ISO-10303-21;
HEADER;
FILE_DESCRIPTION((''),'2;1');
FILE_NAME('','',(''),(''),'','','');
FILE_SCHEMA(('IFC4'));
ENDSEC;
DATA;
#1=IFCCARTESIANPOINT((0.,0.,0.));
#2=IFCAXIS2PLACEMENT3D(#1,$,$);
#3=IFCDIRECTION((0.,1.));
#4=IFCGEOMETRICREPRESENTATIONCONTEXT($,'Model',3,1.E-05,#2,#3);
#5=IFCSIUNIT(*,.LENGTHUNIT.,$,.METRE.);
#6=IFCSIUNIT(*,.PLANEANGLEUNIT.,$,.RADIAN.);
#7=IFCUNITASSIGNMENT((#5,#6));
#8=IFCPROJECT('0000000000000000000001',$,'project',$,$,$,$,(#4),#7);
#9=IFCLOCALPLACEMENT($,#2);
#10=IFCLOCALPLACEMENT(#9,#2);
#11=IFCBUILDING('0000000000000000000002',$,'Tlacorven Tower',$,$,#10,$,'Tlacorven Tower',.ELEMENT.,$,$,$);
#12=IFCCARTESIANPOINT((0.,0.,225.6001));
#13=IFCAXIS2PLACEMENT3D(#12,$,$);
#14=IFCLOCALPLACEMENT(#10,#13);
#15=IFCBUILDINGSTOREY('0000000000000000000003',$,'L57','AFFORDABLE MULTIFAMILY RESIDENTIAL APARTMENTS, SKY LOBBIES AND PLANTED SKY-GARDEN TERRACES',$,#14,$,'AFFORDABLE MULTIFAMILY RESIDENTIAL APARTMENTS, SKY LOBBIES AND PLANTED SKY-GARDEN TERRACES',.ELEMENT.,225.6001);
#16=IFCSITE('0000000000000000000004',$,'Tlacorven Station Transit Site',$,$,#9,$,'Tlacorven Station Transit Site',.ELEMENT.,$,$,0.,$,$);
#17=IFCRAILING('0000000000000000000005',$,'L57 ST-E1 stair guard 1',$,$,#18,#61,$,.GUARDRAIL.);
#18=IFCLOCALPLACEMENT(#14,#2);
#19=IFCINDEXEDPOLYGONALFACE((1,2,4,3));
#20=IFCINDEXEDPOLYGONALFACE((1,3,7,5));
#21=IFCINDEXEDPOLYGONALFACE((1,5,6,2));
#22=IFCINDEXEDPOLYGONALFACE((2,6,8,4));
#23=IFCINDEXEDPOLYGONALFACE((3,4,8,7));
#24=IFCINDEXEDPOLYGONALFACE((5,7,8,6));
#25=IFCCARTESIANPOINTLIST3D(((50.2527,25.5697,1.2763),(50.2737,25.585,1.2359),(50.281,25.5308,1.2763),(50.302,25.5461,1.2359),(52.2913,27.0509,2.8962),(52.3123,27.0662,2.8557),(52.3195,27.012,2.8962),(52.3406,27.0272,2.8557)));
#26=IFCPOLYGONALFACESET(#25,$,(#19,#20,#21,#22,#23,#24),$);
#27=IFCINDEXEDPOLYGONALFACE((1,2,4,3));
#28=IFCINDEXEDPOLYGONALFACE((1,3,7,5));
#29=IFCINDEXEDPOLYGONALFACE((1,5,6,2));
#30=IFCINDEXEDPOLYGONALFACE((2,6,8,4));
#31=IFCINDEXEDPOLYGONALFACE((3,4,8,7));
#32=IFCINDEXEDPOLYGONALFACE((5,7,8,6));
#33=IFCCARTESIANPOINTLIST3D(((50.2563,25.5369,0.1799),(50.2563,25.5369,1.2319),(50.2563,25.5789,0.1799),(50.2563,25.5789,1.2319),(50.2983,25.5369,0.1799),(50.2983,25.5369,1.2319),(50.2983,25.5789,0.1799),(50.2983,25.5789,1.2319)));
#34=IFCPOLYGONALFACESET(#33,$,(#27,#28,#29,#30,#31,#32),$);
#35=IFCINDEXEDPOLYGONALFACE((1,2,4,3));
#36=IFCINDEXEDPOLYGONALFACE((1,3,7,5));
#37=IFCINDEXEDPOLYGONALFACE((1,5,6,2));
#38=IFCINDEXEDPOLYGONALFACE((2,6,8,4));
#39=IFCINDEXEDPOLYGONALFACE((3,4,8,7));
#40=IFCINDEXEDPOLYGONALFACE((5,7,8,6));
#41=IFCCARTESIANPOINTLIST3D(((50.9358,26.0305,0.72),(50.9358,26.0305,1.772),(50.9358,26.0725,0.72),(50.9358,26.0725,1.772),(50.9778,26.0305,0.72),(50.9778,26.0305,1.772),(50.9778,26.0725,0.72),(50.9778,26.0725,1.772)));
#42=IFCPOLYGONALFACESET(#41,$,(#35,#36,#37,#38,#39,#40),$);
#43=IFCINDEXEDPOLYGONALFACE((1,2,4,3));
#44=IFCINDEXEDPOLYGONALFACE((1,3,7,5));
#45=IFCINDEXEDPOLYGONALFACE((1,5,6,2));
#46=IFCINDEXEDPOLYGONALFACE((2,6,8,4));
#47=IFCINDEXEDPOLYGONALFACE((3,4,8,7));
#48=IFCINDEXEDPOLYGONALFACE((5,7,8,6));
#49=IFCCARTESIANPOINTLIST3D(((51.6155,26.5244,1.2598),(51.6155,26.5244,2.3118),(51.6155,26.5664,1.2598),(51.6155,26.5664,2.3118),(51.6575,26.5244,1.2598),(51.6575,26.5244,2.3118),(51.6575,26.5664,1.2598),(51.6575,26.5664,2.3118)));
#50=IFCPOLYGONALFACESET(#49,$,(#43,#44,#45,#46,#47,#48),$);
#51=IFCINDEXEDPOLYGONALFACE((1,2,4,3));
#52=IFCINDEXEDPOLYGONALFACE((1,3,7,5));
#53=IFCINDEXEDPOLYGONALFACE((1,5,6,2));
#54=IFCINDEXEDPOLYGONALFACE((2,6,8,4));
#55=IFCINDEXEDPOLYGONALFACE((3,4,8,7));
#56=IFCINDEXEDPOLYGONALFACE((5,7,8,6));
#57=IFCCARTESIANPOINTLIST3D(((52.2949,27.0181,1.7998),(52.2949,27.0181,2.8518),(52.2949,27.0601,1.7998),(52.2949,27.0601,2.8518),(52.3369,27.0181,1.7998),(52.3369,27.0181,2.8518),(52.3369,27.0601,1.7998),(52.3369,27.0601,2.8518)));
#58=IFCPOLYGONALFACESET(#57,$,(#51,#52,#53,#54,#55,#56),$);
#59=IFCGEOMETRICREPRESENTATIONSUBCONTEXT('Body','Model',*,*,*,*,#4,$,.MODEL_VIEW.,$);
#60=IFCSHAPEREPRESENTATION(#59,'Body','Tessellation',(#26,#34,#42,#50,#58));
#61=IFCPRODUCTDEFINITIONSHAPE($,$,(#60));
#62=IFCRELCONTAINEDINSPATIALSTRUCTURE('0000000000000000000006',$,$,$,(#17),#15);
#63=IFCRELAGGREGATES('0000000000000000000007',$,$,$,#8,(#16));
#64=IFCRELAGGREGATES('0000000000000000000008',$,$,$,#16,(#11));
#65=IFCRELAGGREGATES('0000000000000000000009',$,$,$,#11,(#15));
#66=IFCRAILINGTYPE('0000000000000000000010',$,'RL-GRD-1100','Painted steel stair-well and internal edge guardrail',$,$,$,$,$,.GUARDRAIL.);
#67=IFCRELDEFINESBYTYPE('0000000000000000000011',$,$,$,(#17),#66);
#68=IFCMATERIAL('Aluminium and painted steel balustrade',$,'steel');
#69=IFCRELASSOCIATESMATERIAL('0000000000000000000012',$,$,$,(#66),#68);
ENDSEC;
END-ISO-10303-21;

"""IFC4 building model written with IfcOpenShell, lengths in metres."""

from ifc_helpers import new_model, si_unit, direction, frame, origin, origin_2d, place, context, subcontext, project, spatial, rectangle, extrude, source, transform, mapped, material, type_object, element, save


model = new_model("IFC4")

# Units and contexts
model_context = context("Model", 3, precision=1e-05, world=origin(), true_north=direction((0.0, 1.0)))
body_context = subcontext(model_context, "Body", "Model", "MODEL_VIEW")
ifc_project = project(units=[si_unit("LENGTHUNIT", "METRE"), si_unit("PLANEANGLEUNIT", "RADIAN")], contexts=[model_context])

# Site, building, storey
site_placement = place(None, origin())
site = spatial("IfcSite", under=ifc_project, at=site_placement, Name="Tlacorven Station Transit Site", LongName="Tlacorven Station Transit Site", CompositionType="ELEMENT", RefElevation=0.0)
building_placement = place(site_placement, origin())
building = spatial("IfcBuilding", under=site, at=building_placement, Name="Tlacorven Tower", LongName="Tlacorven Tower", CompositionType="ELEMENT")
storey_placement = place(building_placement, frame((0.0, 0.0, 225.6001)))
storey = spatial("IfcBuildingStorey", under=building, at=storey_placement, Name="L57", Description="AFFORDABLE MULTIFAMILY RESIDENTIAL APARTMENTS, SKY LOBBIES AND PLANTED SKY-GARDEN TERRACES", LongName="AFFORDABLE MULTIFAMILY RESIDENTIAL APARTMENTS, SKY LOBBIES AND PLANTED SKY-GARDEN TERRACES", CompositionType="ELEMENT", Elevation=225.6001)

# Railing
ifc_material_1 = material(Name="Aluminium and painted steel balustrade", Category="steel")
railing_type_1 = type_object("IfcRailingType", Name="RL-GRD-1100", Description="Painted steel stair-well and internal edge guardrail", PredefinedType="GUARDRAIL", material=ifc_material_1)
shared_shape_1 = source(origin(), body_context, "Body", "SweptSolid", [
    extrude(rectangle(XDim=0.0481, YDim=0.0481, at=origin_2d()), frame((0.0, 0.0, 1.0762), z_axis=(0.680519, 0.494456, 0.540747), x_axis=(-0.587809, 0.809, 0.0)), (0.0, 0.0, 1.0), 2.9956),
    extrude(rectangle(XDim=0.042, YDim=0.042, at=origin_2d()), origin(), (0.0, 0.0, 1.0), 1.052),
    extrude(rectangle(XDim=0.042, YDim=0.042, at=origin_2d()), frame((0.6794, 0.4937, 0.54)), (0.0, 0.0, 1.0), 1.052),
    extrude(rectangle(XDim=0.042, YDim=0.042, at=origin_2d()), frame((1.3591, 0.9875, 1.0798)), (0.0, 0.0, 1.0), 1.052),
    extrude(rectangle(XDim=0.042, YDim=0.042, at=origin_2d()), frame((2.0386, 1.4812, 1.6199)), (0.0, 0.0, 1.0), 1.052),
])
railing_1_placement = place(storey_placement, frame((50.2773, 25.5579, 0.1799)))
element("IfcRailing", 1, at=railing_1_placement, inside=storey, type_object=railing_type_1, Name="L57 ST-E1 stair guard 1", PredefinedType="GUARDRAIL", context=body_context, shape_type="MappedRepresentation", body=[
    mapped(shared_shape_1, transform((0.0, 0.0, 0.0), scale=1.0)),
])

save(model, "model.ifc")
